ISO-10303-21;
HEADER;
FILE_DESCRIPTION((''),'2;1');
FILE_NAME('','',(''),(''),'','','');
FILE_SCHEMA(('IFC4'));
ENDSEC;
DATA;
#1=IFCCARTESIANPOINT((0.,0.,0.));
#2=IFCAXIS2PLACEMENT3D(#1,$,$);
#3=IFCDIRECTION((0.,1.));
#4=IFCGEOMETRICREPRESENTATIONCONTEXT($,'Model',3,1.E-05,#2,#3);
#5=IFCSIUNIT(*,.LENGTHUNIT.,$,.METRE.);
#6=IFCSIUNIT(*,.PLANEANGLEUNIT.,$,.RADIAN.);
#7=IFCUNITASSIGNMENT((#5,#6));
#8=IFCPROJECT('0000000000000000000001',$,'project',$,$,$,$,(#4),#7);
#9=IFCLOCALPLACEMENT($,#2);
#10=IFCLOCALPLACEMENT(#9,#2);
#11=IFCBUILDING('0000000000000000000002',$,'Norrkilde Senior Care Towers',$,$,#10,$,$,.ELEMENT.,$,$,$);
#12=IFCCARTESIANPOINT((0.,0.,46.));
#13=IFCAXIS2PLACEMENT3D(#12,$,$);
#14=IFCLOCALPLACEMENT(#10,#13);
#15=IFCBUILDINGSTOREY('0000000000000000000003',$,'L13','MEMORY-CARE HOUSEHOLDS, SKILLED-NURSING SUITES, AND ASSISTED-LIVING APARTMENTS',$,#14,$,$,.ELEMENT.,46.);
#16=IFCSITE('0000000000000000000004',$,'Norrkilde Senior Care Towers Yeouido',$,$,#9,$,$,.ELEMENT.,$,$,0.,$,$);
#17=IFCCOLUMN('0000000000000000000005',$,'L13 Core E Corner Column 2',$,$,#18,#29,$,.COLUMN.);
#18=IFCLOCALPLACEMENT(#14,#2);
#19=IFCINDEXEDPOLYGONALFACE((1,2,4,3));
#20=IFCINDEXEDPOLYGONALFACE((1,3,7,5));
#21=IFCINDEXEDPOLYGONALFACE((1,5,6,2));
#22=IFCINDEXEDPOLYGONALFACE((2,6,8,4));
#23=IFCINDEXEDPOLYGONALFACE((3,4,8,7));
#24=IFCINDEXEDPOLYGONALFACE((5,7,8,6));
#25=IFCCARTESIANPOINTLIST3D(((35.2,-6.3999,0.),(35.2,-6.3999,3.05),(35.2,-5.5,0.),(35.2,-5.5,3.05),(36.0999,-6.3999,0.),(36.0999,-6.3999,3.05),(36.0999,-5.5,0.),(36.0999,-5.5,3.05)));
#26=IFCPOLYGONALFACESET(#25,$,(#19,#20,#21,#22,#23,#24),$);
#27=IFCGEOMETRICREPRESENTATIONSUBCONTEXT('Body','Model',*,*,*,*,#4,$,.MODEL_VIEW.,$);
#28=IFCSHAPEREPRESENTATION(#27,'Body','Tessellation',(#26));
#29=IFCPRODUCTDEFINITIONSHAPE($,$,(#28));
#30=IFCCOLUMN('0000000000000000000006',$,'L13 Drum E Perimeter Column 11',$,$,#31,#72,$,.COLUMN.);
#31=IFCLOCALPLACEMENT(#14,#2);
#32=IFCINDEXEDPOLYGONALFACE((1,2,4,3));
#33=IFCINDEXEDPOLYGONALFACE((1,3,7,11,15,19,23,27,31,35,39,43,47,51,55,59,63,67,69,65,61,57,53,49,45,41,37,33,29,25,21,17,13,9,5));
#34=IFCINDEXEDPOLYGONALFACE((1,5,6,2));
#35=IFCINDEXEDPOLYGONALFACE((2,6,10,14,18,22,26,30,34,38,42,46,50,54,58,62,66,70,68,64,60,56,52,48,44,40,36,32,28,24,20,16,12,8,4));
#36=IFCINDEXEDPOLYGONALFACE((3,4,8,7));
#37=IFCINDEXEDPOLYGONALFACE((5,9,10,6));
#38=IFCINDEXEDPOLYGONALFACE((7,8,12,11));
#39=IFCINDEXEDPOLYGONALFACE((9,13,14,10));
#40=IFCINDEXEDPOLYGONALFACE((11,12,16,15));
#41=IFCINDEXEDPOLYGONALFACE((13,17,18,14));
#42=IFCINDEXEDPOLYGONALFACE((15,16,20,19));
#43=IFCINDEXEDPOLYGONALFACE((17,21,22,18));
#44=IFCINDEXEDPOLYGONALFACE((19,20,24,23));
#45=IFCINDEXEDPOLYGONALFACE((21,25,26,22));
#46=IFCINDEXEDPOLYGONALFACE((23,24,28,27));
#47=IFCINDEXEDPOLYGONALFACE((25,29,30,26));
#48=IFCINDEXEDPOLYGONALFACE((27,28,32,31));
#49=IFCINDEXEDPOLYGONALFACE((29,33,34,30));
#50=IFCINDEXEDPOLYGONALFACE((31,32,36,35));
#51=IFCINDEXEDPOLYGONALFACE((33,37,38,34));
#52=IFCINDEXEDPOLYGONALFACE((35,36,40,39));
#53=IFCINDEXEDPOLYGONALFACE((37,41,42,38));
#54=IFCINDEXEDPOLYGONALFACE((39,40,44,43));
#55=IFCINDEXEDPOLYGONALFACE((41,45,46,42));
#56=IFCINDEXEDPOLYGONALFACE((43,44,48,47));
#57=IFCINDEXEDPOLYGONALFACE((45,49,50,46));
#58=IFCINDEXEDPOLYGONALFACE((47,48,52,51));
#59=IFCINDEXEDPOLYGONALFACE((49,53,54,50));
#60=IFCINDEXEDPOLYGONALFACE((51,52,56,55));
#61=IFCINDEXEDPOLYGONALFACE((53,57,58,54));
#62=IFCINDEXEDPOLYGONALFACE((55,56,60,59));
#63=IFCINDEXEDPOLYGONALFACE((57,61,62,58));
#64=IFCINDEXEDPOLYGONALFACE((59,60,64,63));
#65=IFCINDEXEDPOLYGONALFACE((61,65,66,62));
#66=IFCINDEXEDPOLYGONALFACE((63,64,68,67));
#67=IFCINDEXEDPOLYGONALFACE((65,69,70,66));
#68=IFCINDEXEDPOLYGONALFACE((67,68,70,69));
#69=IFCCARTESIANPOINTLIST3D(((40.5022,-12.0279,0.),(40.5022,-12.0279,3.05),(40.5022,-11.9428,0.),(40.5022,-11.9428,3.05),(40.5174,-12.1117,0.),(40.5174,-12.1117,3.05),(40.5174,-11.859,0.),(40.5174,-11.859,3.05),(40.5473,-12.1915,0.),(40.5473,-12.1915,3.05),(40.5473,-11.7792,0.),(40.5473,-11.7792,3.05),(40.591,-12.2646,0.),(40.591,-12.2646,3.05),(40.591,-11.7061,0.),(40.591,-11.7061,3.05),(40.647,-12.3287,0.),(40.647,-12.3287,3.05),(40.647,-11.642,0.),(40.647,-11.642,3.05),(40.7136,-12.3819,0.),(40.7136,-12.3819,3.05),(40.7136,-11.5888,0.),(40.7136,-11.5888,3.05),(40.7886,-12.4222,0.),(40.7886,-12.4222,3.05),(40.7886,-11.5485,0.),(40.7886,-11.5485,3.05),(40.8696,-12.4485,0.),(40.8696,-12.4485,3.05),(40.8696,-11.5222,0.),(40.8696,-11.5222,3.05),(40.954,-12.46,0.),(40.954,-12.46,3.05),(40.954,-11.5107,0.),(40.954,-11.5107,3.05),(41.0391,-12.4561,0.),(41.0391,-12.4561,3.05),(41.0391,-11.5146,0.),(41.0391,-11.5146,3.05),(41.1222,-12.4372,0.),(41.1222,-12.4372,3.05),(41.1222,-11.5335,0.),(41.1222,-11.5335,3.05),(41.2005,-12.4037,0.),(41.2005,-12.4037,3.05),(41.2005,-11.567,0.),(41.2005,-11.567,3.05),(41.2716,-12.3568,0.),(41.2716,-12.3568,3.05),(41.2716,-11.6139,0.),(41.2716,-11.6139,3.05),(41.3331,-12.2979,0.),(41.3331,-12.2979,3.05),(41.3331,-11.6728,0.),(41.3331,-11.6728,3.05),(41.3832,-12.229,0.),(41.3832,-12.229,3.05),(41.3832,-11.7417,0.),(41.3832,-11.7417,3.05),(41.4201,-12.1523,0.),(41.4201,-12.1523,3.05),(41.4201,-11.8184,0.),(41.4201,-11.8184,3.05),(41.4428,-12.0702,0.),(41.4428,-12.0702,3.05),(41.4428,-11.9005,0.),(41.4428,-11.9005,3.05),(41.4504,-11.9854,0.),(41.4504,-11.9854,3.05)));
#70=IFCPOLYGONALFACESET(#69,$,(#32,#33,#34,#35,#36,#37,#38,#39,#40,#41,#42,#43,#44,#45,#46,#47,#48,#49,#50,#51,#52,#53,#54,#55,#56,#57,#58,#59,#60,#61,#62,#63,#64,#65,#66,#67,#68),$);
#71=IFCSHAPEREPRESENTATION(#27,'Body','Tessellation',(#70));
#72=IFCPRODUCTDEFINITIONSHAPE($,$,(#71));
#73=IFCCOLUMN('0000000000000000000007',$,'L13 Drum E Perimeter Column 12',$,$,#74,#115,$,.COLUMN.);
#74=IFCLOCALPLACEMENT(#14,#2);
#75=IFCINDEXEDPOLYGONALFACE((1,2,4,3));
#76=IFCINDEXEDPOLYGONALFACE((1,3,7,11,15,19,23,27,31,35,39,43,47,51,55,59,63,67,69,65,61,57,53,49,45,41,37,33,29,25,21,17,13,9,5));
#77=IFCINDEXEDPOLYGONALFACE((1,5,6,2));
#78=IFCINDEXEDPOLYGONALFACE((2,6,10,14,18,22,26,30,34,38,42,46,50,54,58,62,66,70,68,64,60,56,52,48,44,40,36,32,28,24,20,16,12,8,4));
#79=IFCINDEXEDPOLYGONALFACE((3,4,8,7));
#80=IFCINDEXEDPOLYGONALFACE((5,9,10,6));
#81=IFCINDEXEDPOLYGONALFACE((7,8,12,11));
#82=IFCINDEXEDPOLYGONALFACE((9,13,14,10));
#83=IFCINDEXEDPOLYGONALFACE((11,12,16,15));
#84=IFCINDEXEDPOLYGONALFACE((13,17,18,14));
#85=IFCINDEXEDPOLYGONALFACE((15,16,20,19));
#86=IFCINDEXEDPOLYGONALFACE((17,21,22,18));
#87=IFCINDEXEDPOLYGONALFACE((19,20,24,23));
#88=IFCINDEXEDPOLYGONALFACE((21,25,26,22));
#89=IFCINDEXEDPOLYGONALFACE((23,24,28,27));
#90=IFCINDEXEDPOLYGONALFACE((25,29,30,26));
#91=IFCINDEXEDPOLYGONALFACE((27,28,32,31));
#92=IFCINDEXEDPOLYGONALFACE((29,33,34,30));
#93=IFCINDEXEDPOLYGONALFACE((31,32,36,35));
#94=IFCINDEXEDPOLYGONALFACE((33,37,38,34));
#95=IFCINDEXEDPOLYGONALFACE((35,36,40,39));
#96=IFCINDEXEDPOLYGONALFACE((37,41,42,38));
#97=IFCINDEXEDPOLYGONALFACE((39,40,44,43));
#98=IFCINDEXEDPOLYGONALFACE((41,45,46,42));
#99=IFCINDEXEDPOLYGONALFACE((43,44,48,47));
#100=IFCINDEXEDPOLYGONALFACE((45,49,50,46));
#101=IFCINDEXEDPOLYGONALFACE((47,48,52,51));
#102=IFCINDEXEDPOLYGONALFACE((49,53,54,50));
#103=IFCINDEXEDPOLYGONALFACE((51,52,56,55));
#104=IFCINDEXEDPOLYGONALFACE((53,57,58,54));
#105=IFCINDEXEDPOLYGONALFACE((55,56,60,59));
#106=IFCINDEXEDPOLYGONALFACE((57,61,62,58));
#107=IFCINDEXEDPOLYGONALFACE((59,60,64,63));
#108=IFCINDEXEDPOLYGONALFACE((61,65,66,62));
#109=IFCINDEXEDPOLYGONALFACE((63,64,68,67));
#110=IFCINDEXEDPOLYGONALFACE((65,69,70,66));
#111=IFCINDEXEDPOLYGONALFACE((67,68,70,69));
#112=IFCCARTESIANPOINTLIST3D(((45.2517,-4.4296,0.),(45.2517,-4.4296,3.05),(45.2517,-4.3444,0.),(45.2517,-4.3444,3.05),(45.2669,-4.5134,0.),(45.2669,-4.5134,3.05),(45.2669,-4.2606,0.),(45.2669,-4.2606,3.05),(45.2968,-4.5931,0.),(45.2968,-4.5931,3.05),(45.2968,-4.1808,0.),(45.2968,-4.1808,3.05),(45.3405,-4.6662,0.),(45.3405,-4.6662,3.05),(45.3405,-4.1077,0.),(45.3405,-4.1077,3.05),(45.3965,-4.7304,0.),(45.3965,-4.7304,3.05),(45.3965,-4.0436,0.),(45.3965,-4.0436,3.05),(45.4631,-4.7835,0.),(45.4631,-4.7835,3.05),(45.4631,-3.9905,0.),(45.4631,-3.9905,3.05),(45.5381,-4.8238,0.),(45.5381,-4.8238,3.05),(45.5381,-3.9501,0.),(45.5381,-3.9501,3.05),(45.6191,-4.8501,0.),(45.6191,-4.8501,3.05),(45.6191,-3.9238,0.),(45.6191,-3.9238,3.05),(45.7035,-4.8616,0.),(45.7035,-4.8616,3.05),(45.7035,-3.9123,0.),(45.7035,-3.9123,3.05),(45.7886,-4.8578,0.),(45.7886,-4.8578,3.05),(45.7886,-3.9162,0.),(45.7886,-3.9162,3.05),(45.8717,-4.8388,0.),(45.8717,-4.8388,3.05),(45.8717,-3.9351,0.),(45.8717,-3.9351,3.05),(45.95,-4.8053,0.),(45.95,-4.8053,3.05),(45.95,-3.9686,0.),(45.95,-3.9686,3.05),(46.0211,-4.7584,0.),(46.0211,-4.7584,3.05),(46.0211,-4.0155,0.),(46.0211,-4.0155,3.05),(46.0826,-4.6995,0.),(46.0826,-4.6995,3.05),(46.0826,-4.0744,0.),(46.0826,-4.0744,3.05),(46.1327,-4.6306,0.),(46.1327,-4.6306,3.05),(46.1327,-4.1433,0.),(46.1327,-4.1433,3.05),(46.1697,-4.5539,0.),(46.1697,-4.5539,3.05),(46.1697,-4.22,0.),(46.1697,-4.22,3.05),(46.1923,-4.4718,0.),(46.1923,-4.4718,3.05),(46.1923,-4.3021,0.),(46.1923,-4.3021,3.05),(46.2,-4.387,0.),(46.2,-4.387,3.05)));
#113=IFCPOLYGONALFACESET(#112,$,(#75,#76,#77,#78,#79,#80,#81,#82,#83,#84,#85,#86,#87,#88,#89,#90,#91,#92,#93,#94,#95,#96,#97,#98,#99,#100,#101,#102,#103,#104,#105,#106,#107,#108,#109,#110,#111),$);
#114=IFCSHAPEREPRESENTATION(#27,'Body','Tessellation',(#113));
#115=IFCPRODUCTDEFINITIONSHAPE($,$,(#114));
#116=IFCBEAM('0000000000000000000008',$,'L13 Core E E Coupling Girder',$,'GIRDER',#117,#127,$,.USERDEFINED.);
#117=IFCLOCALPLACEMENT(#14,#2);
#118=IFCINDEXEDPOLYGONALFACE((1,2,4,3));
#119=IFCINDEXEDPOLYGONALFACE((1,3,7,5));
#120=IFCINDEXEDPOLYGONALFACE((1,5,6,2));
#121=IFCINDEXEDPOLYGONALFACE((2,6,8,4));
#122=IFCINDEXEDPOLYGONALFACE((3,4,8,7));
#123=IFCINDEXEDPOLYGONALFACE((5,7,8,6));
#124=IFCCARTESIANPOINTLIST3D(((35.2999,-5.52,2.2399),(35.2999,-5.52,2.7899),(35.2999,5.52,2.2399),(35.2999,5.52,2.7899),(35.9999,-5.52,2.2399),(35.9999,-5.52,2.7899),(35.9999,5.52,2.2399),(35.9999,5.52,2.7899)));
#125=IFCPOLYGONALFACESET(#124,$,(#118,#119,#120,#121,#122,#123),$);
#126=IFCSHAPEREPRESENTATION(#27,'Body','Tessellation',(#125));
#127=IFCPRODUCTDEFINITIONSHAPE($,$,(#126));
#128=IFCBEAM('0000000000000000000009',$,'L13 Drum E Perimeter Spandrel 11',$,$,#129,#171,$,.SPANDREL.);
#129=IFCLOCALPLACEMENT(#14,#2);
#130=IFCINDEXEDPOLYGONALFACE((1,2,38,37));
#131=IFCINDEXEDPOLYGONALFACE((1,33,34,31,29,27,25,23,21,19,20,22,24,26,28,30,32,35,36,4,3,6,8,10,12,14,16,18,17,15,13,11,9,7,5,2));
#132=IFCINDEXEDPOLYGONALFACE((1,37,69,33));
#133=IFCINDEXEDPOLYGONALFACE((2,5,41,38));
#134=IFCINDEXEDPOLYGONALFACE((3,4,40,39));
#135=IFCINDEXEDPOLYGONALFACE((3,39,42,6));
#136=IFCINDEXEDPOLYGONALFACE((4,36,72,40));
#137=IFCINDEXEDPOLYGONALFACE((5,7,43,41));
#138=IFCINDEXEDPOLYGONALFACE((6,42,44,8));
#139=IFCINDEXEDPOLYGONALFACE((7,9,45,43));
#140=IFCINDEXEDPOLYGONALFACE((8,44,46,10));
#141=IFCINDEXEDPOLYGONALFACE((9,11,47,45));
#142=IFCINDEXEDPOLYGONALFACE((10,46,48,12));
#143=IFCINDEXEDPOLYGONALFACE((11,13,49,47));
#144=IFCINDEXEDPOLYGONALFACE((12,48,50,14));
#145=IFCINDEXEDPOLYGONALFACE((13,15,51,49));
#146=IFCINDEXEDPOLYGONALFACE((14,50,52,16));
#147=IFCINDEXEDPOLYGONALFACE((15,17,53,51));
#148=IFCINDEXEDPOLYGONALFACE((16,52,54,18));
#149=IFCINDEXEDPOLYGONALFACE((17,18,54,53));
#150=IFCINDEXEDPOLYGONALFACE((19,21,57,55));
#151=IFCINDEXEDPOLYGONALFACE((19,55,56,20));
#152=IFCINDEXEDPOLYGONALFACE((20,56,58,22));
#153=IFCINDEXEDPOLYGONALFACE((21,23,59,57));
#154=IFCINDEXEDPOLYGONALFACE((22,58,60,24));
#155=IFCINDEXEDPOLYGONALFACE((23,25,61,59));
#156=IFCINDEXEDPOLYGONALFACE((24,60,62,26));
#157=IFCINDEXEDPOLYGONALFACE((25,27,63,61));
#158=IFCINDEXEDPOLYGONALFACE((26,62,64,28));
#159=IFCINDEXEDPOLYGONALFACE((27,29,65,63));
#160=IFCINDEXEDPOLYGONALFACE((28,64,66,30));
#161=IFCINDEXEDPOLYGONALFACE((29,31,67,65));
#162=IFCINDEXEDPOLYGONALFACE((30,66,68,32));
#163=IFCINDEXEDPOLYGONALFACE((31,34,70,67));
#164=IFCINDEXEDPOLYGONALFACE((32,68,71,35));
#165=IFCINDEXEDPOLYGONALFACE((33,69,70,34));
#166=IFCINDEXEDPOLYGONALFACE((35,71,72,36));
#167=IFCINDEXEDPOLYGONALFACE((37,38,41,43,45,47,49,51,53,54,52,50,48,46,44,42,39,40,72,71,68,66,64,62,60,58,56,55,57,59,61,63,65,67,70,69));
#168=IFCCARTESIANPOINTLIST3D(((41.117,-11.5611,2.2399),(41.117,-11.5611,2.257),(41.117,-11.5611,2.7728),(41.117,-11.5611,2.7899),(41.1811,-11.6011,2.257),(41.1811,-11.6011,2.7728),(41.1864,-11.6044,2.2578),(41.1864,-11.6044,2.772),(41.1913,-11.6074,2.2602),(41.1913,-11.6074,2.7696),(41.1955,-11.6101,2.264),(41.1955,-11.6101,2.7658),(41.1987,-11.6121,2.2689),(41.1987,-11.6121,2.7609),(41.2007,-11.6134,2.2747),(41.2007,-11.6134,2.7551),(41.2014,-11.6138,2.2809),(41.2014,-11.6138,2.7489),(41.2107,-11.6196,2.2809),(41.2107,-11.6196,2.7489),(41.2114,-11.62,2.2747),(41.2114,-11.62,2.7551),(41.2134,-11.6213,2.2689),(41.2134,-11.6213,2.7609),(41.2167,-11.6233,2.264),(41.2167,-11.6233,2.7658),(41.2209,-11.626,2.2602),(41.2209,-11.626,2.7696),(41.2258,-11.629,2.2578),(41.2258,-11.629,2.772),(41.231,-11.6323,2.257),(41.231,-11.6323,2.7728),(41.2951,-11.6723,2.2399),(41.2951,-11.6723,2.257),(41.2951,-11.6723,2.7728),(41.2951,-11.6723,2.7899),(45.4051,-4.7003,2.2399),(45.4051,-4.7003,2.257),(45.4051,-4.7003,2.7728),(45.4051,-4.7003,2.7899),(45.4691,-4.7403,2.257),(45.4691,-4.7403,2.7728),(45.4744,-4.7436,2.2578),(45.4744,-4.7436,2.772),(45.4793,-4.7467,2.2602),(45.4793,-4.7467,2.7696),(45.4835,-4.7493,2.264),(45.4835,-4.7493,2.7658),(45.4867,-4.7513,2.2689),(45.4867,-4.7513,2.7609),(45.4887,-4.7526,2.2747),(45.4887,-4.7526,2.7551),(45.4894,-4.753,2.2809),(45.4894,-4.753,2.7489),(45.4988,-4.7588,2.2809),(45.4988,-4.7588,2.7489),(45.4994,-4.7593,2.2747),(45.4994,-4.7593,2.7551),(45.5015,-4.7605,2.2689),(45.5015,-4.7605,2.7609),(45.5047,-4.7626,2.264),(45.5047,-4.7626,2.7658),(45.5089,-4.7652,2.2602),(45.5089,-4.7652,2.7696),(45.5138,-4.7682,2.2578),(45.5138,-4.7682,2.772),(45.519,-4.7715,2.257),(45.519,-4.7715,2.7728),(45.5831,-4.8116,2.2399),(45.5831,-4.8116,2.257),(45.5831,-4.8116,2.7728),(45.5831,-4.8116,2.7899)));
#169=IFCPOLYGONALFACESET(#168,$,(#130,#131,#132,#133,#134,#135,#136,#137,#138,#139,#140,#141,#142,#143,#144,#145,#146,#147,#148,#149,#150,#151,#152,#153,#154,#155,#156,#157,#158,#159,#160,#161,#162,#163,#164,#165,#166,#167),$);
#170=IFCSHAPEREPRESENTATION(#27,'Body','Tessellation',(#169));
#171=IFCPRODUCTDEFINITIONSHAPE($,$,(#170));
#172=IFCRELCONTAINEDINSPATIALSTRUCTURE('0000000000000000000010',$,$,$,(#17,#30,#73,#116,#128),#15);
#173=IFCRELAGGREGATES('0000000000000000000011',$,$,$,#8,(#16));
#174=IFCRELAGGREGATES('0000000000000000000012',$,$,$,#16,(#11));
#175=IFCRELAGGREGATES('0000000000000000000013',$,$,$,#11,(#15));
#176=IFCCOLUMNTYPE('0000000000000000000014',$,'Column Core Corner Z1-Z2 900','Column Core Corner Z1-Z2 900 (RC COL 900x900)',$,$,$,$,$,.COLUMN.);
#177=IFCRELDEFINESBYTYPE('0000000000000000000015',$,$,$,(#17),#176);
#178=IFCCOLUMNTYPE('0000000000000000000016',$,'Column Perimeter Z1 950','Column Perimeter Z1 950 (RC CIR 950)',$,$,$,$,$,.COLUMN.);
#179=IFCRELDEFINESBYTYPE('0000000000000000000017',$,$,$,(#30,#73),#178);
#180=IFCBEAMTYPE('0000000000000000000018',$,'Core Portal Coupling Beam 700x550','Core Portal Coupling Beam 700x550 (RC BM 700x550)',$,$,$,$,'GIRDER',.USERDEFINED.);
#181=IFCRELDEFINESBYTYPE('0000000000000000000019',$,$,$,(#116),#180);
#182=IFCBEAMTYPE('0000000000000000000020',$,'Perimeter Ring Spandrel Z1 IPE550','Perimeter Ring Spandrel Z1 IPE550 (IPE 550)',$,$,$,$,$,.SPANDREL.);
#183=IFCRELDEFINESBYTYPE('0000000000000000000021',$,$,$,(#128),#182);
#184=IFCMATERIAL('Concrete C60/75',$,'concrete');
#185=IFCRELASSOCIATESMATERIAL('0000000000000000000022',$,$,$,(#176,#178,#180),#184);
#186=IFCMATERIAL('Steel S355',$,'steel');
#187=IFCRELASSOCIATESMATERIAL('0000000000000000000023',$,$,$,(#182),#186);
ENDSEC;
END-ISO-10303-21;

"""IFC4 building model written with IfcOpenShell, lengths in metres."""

from ifc_helpers import new_model, si_unit, direction, frame, origin, origin_2d, place, context, subcontext, project, spatial, rectangle, circle, i_section, extrude, source, transform, mapped, material, material_profile, profile_set, type_object, type_shapes, element, save


model = new_model("IFC4")

# Units and contexts
model_context = context("Model", 3, precision=1e-05, world=origin(), true_north=direction((0.0, 1.0)))
body_context = subcontext(model_context, "Body", "Model", "MODEL_VIEW")
ifc_project = project(units=[si_unit("LENGTHUNIT", "METRE"), si_unit("PLANEANGLEUNIT", "RADIAN")], contexts=[model_context])

# Site, building, storey
site_placement = place(None, origin())
site = spatial("IfcSite", under=ifc_project, at=site_placement, Name="Norrkilde Senior Care Towers Yeouido", CompositionType="ELEMENT", RefElevation=0.0)
building_placement = place(site_placement, origin())
building = spatial("IfcBuilding", under=site, at=building_placement, Name="Norrkilde Senior Care Towers", CompositionType="ELEMENT")
storey_placement = place(building_placement, frame((0.0, 0.0, 46.0)))
storey = spatial("IfcBuildingStorey", under=building, at=storey_placement, Name="L13", Description="MEMORY-CARE HOUSEHOLDS, SKILLED-NURSING SUITES, AND ASSISTED-LIVING APARTMENTS", CompositionType="ELEMENT", Elevation=46.0)

# Columns
ifc_material_1 = material(Name="Concrete C60/75", Category="concrete")
ifc_material_profile_1 = material_profile(ifc_material_1, rectangle(XDim=0.8999, YDim=0.8999, at=origin_2d()), Name="RC COL 900x900")
ifc_profile_set_1 = profile_set([ifc_material_profile_1], Name="Concrete C60/75")
column_type_1 = type_object("IfcColumnType", Name="Column Core Corner Z1-Z2 900", Description="Column Core Corner Z1-Z2 900 (RC COL 900x900)", PredefinedType="COLUMN", material=ifc_profile_set_1)
shared_shape_1 = source(origin(), body_context, "Body", "SweptSolid", [
    extrude(rectangle(XDim=0.8999, YDim=0.8999, at=origin_2d()), origin(), (0.0, 0.0, 1.0), 3.05),
])
type_shapes(column_type_1, [shared_shape_1])
column_placement = place(storey_placement, frame((35.6499, -5.95, 0.0), z_axis=(0.0, 0.0, 1.0), x_axis=(1.0, 0.0, 0.0)))
element("IfcColumn", 1, at=column_placement, inside=storey, type_object=column_type_1, Name="L13 Core E Corner Column 2", PredefinedType="COLUMN", context=body_context, shape_type="MappedRepresentation", body=[
    mapped(shared_shape_1, transform((0.0, 0.0, 0.0), x_axis=(1.0, 0.0, 0.0), y_axis=(0.0, 1.0, 0.0), z_axis=(0.0, 0.0, 1.0), scale=1.0)),
])
ifc_material_profile_2 = material_profile(ifc_material_1, circle(Radius=0.4751, at=origin_2d()), Name="RC CIR 950")
ifc_profile_set_2 = profile_set([ifc_material_profile_2], Name="Concrete C60/75")
column_type_2 = type_object("IfcColumnType", Name="Column Perimeter Z1 950", Description="Column Perimeter Z1 950 (RC CIR 950)", PredefinedType="COLUMN", material=ifc_profile_set_2)
shared_shape_2 = source(origin(), body_context, "Body", "SweptSolid", [
    extrude(circle(Radius=0.4751, at=origin_2d()), origin(), (0.0, 0.0, 1.0), 3.05),
])
type_shapes(column_type_2, [shared_shape_2])
for number, where, z_axis, x_axis, name in (
    (2, (40.9753, -11.9854, 0.0), (0.0, 0.0, 1.0), (1.0, 0.0, 0.0), "L13 Drum E Perimeter Column 11"),
    (3, (45.7249, -4.387, 0.0), (0.0, 0.0, 1.0), (1.0, 0.0, 0.0), "L13 Drum E Perimeter Column 12"),
):
    element("IfcColumn", number, at=place(storey_placement, frame(where, z_axis=z_axis, x_axis=x_axis)), inside=storey, type_object=column_type_2, Name=name, PredefinedType="COLUMN", context=body_context, shape_type="MappedRepresentation", body=[
        mapped(shared_shape_2, transform((0.0, 0.0, 0.0), x_axis=(1.0, 0.0, 0.0), y_axis=(0.0, 1.0, 0.0), z_axis=(0.0, 0.0, 1.0), scale=1.0)),
    ])

# Beams
ifc_material_profile_3 = material_profile(ifc_material_1, rectangle(XDim=0.7, YDim=0.55, at=origin_2d()), Name="RC BM 700x550")
ifc_profile_set_3 = profile_set([ifc_material_profile_3], Name="Concrete C60/75")
beam_type_1 = type_object("IfcBeamType", Name="Core Portal Coupling Beam 700x550", Description="Core Portal Coupling Beam 700x550 (RC BM 700x550)", ElementType="GIRDER", PredefinedType="USERDEFINED", material=ifc_profile_set_3)
shared_shape_3 = source(origin(), body_context, "Body", "SweptSolid", [
    extrude(rectangle(XDim=0.7, YDim=0.55, at=origin_2d()), origin(), (0.0, 0.0, 1.0), 11.04),
])
type_shapes(beam_type_1, [shared_shape_3])
beam_1_placement = place(storey_placement, frame((35.6499, -5.52, 2.5149), z_axis=(0.0, 1.0, 0.0), x_axis=(-1.0, 0.0, 0.0)))
element("IfcBeam", 4, at=beam_1_placement, inside=storey, type_object=beam_type_1, Name="L13 Core E E Coupling Girder", ObjectType="GIRDER", PredefinedType="USERDEFINED", context=body_context, shape_type="MappedRepresentation", body=[
    mapped(shared_shape_3, transform((0.0, 0.0, 0.0), x_axis=(1.0, 0.0, 0.0), y_axis=(0.0, 1.0, 0.0), z_axis=(0.0, 0.0, 1.0), scale=1.0)),
])
ifc_material_2 = material(Name="Steel S355", Category="steel")
ifc_material_profile_4 = material_profile(ifc_material_2, i_section(OverallWidth=0.21, OverallDepth=0.55, WebThickness=0.011, FlangeThickness=0.0171, FilletRadius=0.0239, at=origin_2d()), Name="IPE 550")
ifc_profile_set_4 = profile_set([ifc_material_profile_4], Name="Steel S355")
beam_type_2 = type_object("IfcBeamType", Name="Perimeter Ring Spandrel Z1 IPE550", Description="Perimeter Ring Spandrel Z1 IPE550 (IPE 550)", PredefinedType="SPANDREL", material=ifc_profile_set_4)
shared_shape_4 = source(origin(), body_context, "Body", "SweptSolid", [
    extrude(i_section(OverallWidth=0.21, OverallDepth=0.55, WebThickness=0.011, FlangeThickness=0.0171, FilletRadius=0.0239, at=origin_2d()), origin(), (0.0, 0.0, 1.0), 8.0906),
])
beam_2_placement = place(storey_placement, frame((41.2061, -11.6167, 2.5149), z_axis=(0.530004, 0.847995, 0.0), x_axis=(-0.847995, 0.530004, 0.0)))
element("IfcBeam", 5, at=beam_2_placement, inside=storey, type_object=beam_type_2, Name="L13 Drum E Perimeter Spandrel 11", PredefinedType="SPANDREL", context=body_context, shape_type="MappedRepresentation", body=[
    mapped(shared_shape_4, transform((0.0, 0.0, 0.0), x_axis=(1.0, 0.0, 0.0), y_axis=(0.0, 1.0, 0.0), z_axis=(0.0, 0.0, 1.0), scale=1.0)),
])

save(model, "model.ifc")
